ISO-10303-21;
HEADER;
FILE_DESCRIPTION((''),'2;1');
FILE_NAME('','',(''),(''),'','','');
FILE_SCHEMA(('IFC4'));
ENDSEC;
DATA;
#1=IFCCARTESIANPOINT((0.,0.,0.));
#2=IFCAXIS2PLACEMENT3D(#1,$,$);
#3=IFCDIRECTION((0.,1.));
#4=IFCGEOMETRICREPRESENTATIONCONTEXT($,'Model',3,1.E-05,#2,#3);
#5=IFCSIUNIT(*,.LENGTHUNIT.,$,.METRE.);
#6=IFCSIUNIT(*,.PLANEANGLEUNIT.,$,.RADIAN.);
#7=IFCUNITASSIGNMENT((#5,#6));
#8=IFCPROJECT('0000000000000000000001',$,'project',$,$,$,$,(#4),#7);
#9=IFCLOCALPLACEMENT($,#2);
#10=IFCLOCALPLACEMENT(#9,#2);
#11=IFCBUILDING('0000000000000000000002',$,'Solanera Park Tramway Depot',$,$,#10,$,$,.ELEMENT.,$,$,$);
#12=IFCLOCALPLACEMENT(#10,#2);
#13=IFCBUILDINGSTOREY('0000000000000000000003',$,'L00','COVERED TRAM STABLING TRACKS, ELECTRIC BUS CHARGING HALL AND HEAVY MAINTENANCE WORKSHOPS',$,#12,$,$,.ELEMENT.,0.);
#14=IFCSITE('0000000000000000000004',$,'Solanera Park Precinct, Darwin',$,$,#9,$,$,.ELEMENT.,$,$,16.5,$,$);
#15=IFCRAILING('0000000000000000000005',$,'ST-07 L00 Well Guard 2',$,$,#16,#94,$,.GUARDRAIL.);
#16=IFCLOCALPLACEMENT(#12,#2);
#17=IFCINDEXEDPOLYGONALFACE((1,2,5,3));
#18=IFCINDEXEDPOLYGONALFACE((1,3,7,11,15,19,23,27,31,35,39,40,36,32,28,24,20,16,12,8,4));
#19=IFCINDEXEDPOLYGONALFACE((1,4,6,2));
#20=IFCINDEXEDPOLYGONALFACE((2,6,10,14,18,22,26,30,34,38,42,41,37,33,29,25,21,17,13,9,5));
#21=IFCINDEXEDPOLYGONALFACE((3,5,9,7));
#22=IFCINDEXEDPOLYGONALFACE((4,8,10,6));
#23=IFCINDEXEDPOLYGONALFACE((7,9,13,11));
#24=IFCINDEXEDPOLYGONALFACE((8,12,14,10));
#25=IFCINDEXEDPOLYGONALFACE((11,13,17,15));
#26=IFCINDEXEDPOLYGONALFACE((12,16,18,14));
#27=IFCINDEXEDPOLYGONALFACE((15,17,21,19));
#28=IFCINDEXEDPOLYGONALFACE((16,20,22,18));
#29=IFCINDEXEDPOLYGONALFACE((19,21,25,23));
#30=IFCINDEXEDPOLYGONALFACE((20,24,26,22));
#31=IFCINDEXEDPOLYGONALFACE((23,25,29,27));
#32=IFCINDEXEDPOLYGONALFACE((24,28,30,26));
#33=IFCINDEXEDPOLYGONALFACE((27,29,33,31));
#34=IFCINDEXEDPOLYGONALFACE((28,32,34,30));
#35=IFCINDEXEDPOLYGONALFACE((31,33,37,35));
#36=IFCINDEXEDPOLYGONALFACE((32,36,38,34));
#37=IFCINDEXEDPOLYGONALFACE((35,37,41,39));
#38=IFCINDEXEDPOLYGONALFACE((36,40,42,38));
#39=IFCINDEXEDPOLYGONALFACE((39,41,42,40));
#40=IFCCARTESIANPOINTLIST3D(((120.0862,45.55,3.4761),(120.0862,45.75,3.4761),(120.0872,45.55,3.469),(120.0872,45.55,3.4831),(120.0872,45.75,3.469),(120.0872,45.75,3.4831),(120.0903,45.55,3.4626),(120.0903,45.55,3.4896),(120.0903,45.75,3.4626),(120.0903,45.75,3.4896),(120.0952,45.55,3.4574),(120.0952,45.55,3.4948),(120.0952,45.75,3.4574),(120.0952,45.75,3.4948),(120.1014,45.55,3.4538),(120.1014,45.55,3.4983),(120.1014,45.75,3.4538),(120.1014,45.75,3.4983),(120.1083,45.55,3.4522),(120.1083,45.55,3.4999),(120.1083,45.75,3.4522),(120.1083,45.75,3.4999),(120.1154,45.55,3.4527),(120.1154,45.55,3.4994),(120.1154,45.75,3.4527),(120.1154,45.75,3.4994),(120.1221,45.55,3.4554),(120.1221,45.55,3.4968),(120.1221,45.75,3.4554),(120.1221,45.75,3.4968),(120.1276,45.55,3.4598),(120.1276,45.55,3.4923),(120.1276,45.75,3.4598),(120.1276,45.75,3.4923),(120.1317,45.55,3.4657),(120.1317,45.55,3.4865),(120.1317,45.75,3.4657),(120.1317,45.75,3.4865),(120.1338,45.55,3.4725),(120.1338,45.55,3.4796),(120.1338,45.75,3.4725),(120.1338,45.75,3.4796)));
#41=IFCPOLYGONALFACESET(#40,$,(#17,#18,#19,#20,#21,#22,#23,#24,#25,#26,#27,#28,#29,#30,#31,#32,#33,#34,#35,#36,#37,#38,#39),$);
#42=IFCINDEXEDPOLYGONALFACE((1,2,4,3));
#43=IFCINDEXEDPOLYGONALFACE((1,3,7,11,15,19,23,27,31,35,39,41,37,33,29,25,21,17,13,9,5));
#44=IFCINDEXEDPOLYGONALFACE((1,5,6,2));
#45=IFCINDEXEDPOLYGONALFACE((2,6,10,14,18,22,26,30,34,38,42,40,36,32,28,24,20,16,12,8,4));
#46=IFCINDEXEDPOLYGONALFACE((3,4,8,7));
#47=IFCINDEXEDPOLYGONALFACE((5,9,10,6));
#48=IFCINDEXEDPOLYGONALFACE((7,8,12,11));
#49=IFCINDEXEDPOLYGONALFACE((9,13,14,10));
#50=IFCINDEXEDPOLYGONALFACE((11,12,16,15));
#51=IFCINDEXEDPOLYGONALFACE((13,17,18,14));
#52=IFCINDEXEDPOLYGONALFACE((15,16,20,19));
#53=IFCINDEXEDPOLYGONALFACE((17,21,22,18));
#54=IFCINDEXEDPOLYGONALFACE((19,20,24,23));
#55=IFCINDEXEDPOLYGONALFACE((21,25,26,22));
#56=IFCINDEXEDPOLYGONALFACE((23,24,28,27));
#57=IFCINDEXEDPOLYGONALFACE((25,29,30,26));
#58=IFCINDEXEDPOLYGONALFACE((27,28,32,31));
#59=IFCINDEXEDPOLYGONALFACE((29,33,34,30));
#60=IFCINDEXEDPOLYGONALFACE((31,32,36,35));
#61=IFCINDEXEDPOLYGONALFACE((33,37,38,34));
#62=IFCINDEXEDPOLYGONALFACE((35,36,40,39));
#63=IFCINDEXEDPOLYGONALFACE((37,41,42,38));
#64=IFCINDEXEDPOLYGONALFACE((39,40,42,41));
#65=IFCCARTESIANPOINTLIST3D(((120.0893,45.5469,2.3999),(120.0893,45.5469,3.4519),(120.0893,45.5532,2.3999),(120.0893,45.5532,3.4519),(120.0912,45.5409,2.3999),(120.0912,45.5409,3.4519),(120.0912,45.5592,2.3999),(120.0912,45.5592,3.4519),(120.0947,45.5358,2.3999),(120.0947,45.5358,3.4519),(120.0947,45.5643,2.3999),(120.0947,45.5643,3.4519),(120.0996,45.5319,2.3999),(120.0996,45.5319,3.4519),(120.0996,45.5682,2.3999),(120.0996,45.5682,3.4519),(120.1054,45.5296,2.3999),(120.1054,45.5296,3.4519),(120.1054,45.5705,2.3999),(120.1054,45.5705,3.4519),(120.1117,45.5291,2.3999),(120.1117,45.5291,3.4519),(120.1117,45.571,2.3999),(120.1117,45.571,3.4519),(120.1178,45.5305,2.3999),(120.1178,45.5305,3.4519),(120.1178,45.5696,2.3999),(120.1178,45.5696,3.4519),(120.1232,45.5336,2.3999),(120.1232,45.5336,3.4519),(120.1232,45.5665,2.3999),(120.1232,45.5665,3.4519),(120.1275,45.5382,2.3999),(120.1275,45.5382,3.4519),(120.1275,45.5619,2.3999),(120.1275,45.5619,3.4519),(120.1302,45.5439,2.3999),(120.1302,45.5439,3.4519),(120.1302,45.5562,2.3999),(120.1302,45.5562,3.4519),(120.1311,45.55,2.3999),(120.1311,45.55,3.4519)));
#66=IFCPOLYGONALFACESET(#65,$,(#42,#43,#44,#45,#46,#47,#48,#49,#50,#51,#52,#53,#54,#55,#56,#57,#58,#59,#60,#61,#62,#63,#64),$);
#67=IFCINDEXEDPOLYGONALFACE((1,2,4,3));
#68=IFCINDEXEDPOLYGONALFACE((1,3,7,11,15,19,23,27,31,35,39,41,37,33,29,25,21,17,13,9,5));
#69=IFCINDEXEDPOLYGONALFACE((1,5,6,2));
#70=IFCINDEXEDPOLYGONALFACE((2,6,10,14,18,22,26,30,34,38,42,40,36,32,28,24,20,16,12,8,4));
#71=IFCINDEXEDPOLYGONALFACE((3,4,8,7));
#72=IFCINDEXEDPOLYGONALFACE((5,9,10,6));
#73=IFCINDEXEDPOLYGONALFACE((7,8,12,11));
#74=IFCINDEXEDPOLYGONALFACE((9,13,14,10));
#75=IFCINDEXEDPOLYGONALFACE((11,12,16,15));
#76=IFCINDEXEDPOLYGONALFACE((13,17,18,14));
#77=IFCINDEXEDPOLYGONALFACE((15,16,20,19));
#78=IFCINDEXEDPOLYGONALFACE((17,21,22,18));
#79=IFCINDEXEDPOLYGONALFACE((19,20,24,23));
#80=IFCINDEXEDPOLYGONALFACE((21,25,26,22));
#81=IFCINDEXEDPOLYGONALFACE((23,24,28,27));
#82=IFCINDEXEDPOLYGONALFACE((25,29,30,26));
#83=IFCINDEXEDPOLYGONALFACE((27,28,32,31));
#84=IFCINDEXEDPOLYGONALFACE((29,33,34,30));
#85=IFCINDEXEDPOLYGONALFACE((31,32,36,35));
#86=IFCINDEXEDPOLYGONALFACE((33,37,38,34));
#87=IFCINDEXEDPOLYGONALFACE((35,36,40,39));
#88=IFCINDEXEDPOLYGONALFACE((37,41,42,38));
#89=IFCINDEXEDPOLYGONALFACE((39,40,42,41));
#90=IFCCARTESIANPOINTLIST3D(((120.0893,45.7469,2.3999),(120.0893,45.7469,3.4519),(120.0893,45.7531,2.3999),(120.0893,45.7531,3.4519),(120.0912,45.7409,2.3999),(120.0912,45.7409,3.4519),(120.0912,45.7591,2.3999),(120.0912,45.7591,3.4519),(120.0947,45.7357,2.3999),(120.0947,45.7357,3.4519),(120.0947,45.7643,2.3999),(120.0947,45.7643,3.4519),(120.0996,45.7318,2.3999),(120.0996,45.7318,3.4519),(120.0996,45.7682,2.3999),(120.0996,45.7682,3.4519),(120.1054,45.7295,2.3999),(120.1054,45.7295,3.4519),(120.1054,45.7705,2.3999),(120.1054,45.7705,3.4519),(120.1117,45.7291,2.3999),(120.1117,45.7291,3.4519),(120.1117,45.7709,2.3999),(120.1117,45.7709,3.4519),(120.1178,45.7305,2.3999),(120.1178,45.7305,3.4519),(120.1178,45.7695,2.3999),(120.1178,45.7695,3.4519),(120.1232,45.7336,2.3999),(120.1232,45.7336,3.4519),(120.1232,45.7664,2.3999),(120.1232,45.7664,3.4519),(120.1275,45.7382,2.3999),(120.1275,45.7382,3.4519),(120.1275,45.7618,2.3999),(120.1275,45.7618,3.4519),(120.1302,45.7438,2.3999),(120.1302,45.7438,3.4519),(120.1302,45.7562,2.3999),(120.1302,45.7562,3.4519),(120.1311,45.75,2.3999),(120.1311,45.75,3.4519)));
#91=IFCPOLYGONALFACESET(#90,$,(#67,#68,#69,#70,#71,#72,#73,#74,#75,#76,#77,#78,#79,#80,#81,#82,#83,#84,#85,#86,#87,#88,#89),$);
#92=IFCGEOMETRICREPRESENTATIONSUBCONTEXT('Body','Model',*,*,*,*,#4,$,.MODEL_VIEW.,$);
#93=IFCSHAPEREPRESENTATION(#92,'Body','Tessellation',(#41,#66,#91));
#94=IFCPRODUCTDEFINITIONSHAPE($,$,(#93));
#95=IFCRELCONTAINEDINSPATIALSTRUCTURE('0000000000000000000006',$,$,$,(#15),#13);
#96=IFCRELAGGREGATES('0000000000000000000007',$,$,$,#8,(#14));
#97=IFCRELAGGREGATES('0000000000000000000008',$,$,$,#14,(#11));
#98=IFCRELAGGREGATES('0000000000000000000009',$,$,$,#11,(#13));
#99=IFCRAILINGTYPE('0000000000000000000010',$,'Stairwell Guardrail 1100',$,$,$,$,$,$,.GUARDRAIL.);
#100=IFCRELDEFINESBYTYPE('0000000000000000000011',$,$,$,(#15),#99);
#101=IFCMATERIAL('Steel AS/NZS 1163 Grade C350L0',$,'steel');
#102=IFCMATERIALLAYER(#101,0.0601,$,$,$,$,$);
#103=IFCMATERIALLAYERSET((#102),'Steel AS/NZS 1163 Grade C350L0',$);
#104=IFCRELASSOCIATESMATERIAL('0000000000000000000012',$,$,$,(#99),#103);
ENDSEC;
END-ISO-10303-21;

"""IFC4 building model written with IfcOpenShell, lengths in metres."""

from ifc_helpers import new_model, si_unit, direction, frame, origin, origin_2d, place, context, subcontext, project, spatial, circle, extrude, material, layer, layer_set, type_object, element, save


model = new_model("IFC4")

# Units and contexts
model_context = context("Model", 3, precision=1e-05, world=origin(), true_north=direction((0.0, 1.0)))
body_context = subcontext(model_context, "Body", "Model", "MODEL_VIEW")
ifc_project = project(units=[si_unit("LENGTHUNIT", "METRE"), si_unit("PLANEANGLEUNIT", "RADIAN")], contexts=[model_context])

# Site, building, storey
site_placement = place(None, origin())
site = spatial("IfcSite", under=ifc_project, at=site_placement, Name="Solanera Park Precinct, Darwin", CompositionType="ELEMENT", RefElevation=16.5)
building_placement = place(site_placement, origin())
building = spatial("IfcBuilding", under=site, at=building_placement, Name="Solanera Park Tramway Depot", CompositionType="ELEMENT")
storey_placement = place(building_placement, origin())
storey = spatial("IfcBuildingStorey", under=building, at=storey_placement, Name="L00", Description="COVERED TRAM STABLING TRACKS, ELECTRIC BUS CHARGING HALL AND HEAVY MAINTENANCE WORKSHOPS", CompositionType="ELEMENT", Elevation=0.0)

# Railing
ifc_material_1 = material(Name="Steel AS/NZS 1163 Grade C350L0", Category="steel")
ifc_layer_1 = layer(ifc_material_1, 0.0601)
ifc_layer_set_1 = layer_set([ifc_layer_1], Name="Steel AS/NZS 1163 Grade C350L0")
railing_type_1 = type_object("IfcRailingType", Name="Stairwell Guardrail 1100", PredefinedType="GUARDRAIL", material=ifc_layer_set_1)
railing_1_placement = place(storey_placement, frame((120.1101, 45.55, 2.3999)))
element("IfcRailing", 1, at=railing_1_placement, inside=storey, type_object=railing_type_1, Name="ST-07 L00 Well Guard 2", PredefinedType="GUARDRAIL", context=body_context, shape_type="SweptSolid", body=[
    extrude(circle(Radius=0.0239, at=origin_2d()), frame((0.0, 0.0, 1.0762), z_axis=(0.0, 1.0, 0.0), x_axis=(-1.0, 0.0, 0.0)), (0.0, 0.0, 1.0), 0.2),
    extrude(circle(Radius=0.021, at=origin_2d()), origin(), (0.0, 0.0, 1.0), 1.052),
    extrude(circle(Radius=0.021, at=origin_2d()), frame((0.0, 0.2, 0.0)), (0.0, 0.0, 1.0), 1.052),
])

save(model, "model.ifc")
